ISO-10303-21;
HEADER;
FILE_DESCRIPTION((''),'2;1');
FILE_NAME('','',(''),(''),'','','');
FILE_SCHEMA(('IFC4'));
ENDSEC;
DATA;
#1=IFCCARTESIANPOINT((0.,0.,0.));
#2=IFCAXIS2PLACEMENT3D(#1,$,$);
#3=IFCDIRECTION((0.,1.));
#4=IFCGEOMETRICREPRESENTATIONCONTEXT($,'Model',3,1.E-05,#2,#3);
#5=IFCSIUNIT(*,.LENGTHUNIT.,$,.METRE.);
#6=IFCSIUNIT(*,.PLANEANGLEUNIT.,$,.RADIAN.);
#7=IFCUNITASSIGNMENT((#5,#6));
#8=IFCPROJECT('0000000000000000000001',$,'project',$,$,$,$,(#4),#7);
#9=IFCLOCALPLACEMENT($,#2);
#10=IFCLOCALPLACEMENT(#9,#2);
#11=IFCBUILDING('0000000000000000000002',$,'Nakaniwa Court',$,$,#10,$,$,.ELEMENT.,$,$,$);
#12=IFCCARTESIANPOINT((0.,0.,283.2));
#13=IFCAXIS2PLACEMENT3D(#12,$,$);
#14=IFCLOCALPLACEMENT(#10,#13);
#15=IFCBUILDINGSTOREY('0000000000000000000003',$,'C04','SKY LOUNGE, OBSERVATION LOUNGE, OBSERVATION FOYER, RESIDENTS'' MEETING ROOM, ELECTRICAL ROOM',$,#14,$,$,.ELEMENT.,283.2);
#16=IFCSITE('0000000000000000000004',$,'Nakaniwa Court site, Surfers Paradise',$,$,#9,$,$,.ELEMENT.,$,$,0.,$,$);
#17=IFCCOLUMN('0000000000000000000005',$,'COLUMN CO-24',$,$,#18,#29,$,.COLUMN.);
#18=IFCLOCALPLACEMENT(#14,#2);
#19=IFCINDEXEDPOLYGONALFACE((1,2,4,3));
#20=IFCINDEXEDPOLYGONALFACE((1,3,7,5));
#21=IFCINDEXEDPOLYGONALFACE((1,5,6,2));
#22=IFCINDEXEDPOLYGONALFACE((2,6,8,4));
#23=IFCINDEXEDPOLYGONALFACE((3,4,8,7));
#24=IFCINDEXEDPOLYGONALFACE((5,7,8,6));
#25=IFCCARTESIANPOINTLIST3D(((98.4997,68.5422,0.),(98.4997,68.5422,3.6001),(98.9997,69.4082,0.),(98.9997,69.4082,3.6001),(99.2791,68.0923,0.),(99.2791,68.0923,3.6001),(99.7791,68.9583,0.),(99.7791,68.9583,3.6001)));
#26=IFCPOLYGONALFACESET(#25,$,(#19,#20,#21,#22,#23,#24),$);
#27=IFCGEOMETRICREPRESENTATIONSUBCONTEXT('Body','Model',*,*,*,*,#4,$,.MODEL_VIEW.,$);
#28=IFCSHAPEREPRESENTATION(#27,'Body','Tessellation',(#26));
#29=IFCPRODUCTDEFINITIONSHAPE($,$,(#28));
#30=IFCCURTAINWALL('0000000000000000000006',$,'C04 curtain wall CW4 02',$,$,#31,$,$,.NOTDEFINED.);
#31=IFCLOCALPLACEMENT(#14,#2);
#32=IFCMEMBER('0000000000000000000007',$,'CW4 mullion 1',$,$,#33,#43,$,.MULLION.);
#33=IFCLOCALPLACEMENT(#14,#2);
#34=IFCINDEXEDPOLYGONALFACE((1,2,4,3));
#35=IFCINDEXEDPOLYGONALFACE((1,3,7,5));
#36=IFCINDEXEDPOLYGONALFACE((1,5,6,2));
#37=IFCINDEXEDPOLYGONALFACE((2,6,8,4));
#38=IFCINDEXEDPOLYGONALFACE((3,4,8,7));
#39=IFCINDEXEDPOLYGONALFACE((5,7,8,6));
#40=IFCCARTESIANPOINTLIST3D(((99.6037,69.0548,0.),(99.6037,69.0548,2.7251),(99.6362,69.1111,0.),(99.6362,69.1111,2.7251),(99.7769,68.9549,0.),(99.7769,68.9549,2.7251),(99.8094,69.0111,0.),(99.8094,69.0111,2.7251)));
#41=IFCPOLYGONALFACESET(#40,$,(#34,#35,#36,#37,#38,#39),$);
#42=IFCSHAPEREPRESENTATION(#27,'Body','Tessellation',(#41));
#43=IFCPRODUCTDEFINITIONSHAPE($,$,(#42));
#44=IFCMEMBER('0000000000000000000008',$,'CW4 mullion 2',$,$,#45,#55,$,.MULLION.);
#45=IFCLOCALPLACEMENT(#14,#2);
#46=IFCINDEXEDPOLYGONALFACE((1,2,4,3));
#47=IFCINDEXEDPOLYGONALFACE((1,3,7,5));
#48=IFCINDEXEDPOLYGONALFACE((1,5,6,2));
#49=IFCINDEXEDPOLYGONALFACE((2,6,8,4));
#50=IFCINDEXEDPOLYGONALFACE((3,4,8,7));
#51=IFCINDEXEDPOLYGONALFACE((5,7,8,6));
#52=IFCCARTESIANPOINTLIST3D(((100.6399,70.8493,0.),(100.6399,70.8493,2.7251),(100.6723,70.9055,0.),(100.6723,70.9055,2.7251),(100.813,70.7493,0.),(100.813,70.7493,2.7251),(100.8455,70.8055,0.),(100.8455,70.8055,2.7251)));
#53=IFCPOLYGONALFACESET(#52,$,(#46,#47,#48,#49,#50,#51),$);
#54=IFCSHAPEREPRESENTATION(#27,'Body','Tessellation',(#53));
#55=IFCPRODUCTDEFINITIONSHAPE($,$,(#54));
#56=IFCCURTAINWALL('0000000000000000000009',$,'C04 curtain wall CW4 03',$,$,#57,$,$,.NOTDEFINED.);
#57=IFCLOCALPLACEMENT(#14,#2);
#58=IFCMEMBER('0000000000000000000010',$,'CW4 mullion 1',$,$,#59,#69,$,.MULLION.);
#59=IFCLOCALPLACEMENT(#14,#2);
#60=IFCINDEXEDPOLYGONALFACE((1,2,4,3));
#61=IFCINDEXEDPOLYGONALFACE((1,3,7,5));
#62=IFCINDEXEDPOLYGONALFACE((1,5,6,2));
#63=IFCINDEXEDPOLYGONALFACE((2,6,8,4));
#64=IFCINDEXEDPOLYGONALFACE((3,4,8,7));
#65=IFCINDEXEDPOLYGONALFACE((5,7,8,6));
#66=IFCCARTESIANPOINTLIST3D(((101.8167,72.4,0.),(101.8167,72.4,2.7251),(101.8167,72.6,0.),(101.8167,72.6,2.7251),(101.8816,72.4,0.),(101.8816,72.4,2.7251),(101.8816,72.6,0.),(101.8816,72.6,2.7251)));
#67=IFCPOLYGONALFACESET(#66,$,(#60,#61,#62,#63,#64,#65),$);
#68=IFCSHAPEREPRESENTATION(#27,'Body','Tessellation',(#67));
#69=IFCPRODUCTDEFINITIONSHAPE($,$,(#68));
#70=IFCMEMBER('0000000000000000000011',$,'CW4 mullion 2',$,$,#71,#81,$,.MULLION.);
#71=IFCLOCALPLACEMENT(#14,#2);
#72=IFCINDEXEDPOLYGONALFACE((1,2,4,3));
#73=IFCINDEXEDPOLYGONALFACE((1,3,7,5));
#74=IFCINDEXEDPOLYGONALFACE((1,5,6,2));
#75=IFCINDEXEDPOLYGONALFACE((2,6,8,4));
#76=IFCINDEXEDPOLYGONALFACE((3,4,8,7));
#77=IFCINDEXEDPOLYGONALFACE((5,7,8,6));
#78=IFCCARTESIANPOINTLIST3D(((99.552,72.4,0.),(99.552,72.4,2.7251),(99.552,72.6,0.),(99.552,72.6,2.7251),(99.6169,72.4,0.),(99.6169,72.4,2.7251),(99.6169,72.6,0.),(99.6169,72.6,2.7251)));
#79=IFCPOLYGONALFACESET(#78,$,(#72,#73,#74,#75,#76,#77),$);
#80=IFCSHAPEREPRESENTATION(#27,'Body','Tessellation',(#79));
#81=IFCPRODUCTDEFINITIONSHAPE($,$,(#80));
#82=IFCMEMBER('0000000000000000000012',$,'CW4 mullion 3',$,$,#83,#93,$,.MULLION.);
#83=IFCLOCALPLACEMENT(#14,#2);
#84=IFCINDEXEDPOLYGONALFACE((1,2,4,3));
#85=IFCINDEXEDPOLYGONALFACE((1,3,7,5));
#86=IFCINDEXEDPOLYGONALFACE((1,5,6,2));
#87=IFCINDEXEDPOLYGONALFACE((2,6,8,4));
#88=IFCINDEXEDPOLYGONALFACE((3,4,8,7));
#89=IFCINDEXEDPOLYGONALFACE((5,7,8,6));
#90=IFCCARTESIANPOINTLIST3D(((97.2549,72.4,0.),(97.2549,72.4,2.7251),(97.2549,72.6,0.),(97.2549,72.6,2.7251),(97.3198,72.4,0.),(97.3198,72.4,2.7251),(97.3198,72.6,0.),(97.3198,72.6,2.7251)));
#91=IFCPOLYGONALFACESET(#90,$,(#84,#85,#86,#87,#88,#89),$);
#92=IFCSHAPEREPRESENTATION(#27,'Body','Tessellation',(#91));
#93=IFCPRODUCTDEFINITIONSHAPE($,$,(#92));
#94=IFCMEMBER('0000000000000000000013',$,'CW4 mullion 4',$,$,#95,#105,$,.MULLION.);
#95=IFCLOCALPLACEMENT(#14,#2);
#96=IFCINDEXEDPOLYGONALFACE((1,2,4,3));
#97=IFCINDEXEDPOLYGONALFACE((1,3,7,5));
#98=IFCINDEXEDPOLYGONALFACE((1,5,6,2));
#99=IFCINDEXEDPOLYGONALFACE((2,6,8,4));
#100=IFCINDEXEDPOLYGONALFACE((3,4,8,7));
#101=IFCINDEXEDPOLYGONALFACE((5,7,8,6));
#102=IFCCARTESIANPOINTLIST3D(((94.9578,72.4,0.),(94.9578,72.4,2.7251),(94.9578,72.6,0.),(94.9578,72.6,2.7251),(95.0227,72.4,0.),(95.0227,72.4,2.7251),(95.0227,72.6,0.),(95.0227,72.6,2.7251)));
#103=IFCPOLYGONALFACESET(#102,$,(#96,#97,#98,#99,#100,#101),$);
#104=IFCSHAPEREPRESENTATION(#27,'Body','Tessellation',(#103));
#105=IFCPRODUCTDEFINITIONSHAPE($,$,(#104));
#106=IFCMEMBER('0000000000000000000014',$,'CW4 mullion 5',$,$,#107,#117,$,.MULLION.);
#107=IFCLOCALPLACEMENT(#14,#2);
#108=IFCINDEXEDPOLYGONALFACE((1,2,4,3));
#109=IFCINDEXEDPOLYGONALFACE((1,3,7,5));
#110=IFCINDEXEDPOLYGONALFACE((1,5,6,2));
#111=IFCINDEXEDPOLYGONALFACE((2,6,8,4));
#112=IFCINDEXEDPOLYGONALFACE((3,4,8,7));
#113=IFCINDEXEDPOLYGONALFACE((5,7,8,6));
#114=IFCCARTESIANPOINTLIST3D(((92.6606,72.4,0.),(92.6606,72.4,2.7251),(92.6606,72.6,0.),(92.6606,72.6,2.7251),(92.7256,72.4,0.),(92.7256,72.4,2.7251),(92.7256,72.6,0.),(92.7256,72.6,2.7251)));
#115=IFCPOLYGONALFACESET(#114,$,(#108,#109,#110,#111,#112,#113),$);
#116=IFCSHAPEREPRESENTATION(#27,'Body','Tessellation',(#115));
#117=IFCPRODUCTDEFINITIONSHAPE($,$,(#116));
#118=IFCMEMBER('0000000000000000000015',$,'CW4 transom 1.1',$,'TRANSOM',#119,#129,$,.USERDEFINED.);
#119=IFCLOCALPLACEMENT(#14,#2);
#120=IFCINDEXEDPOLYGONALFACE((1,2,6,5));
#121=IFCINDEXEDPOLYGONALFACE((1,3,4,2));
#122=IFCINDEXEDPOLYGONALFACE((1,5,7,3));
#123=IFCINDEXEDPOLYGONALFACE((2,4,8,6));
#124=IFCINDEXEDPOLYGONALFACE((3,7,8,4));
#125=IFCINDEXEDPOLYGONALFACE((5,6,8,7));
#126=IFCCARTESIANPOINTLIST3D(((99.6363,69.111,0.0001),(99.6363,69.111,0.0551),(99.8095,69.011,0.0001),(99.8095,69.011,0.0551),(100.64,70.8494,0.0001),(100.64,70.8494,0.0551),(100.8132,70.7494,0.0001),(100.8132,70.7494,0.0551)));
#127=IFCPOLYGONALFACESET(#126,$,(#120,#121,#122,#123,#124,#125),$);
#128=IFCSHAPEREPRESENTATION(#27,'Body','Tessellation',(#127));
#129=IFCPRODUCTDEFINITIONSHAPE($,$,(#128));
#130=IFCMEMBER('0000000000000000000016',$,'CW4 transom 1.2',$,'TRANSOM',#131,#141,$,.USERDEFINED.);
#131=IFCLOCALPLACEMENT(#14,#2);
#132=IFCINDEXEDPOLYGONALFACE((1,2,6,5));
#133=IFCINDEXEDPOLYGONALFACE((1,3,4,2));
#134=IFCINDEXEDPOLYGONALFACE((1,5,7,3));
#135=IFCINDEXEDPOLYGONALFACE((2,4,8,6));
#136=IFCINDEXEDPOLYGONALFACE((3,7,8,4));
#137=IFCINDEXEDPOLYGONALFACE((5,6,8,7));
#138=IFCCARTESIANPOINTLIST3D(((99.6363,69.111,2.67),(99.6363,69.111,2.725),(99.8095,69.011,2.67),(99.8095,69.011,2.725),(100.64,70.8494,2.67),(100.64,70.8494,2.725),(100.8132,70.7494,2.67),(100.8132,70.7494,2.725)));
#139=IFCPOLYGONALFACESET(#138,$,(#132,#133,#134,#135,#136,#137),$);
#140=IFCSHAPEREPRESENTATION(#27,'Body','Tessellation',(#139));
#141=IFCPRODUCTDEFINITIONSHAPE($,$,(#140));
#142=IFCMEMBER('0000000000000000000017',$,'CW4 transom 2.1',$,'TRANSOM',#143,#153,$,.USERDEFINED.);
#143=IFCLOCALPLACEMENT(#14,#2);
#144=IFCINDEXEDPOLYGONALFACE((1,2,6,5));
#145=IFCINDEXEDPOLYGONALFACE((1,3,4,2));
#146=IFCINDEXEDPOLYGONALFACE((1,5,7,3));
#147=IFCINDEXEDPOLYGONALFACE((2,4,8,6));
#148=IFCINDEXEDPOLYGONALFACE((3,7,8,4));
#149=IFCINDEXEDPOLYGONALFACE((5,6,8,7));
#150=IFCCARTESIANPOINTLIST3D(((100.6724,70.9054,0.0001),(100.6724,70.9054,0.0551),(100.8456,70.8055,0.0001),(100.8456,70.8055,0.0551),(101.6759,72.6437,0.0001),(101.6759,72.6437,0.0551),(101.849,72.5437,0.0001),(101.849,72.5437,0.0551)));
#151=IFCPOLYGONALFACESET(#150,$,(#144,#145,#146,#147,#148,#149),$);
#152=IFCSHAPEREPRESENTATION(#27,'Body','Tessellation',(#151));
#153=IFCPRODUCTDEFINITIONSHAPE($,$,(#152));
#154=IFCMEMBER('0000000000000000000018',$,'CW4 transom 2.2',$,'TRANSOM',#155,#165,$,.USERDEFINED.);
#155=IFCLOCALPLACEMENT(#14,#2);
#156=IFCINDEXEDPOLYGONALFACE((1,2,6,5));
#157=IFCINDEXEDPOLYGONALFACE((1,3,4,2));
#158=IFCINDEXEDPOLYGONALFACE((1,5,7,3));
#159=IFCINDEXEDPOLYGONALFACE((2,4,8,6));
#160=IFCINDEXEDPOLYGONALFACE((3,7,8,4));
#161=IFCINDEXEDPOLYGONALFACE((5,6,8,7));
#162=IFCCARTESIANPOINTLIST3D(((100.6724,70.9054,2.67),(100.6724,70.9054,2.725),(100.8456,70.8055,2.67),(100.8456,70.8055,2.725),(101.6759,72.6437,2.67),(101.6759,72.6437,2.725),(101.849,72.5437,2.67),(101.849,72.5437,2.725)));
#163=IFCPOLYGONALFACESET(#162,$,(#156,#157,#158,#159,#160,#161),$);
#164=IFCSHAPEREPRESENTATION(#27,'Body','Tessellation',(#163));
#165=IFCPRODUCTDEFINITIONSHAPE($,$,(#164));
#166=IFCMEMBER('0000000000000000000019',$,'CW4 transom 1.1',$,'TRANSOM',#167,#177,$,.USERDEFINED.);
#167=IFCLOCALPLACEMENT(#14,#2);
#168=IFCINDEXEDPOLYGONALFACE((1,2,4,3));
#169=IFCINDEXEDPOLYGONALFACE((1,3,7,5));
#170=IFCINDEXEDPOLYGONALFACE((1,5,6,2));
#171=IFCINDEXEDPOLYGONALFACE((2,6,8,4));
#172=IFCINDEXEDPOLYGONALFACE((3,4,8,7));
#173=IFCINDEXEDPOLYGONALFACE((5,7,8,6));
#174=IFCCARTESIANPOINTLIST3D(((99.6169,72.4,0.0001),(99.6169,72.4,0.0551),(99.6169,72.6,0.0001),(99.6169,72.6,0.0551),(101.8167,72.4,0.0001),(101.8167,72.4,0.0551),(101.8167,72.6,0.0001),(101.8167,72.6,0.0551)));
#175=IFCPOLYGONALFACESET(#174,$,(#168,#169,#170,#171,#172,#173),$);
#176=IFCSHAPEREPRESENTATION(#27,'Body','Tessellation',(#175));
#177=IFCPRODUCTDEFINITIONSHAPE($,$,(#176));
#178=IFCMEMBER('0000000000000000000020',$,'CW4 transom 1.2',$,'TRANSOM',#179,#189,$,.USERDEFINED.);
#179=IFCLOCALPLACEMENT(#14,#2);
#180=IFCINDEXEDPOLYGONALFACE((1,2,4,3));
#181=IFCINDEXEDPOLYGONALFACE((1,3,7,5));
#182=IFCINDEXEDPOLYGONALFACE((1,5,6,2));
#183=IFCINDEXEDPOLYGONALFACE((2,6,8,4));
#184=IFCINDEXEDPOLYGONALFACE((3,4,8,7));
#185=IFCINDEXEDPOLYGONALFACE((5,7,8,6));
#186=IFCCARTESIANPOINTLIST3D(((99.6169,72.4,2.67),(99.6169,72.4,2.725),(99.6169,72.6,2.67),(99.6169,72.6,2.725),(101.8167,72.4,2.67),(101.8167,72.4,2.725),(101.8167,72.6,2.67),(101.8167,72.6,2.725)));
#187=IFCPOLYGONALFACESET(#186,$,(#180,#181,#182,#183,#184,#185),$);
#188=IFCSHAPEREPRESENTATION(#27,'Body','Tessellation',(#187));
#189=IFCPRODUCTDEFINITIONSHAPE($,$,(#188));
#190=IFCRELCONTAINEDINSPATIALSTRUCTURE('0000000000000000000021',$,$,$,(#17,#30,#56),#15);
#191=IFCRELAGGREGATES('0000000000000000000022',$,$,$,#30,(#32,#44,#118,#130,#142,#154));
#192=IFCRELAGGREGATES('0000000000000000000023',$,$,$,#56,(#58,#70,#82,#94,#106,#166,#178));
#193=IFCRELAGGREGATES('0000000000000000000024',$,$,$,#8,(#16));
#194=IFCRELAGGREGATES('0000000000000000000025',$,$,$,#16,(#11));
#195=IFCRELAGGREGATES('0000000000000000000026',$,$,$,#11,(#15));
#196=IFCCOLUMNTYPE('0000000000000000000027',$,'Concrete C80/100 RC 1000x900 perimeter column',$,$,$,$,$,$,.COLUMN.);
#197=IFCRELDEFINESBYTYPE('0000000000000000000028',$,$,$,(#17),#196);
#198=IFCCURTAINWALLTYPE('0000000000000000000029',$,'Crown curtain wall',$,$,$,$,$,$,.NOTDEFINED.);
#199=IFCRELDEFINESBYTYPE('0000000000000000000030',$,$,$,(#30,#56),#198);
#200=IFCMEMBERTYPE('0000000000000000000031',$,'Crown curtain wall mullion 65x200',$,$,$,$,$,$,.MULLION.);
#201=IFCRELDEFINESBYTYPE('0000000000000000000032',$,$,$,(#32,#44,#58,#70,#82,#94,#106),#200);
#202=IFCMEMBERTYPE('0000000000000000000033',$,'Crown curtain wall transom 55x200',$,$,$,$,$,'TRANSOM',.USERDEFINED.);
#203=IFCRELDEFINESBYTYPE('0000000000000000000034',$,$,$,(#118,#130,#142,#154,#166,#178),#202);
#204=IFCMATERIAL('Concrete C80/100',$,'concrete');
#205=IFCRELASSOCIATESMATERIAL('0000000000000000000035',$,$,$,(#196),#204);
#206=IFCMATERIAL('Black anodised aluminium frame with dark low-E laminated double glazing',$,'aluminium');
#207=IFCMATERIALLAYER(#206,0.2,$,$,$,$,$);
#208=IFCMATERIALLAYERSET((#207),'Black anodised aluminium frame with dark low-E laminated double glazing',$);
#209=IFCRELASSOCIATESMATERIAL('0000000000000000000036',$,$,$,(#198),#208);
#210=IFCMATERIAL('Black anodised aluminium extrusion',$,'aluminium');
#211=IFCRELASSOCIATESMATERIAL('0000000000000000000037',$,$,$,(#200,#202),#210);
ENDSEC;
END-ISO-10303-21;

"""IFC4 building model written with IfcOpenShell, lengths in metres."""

from ifc_helpers import new_model, si_unit, direction, frame, origin, origin_2d, place, context, subcontext, project, spatial, rectangle, extrude, material, layer, layer_set, material_profile, profile_set, type_object, element, aggregate, save


model = new_model("IFC4")

# Units and contexts
model_context = context("Model", 3, precision=1e-05, world=origin(), true_north=direction((0.0, 1.0)))
body_context = subcontext(model_context, "Body", "Model", "MODEL_VIEW")
ifc_project = project(units=[si_unit("LENGTHUNIT", "METRE"), si_unit("PLANEANGLEUNIT", "RADIAN")], contexts=[model_context])

# Site, building, storey
site_placement = place(None, origin())
site = spatial("IfcSite", under=ifc_project, at=site_placement, Name="Nakaniwa Court site, Surfers Paradise", CompositionType="ELEMENT", RefElevation=0.0)
building_placement = place(site_placement, origin())
building = spatial("IfcBuilding", under=site, at=building_placement, Name="Nakaniwa Court", CompositionType="ELEMENT")
storey_placement = place(building_placement, frame((0.0, 0.0, 283.2)))
storey = spatial("IfcBuildingStorey", under=building, at=storey_placement, Name="C04", Description="SKY LOUNGE, OBSERVATION LOUNGE, OBSERVATION FOYER, RESIDENTS' MEETING ROOM, ELECTRICAL ROOM", CompositionType="ELEMENT", Elevation=283.2)

# Column
ifc_material_1 = material(Name="Concrete C80/100", Category="concrete")
ifc_material_profile_1 = material_profile(ifc_material_1, rectangle(XDim=1.0, YDim=0.8999, at=origin_2d()), Name="Concrete C80/100 RC 1000x900 perimeter column")
ifc_profile_set_1 = profile_set([ifc_material_profile_1], Name="Concrete C80/100")
column_type = type_object("IfcColumnType", Name="Concrete C80/100 RC 1000x900 perimeter column", PredefinedType="COLUMN", material=ifc_profile_set_1)
column_placement = place(storey_placement, frame((99.1394, 68.7502, 0.0), z_axis=(0.0, 0.0, 1.0), x_axis=(0.5, 0.866025, 0.0)))
element("IfcColumn", 1, at=column_placement, inside=storey, type_object=column_type, Name="COLUMN CO-24", PredefinedType="COLUMN", context=body_context, shape_type="SweptSolid", body=[
    extrude(rectangle(XDim=1.0, YDim=0.8999, at=origin_2d()), origin(), (0.0, 0.0, 1.0), 3.6001),
])

# Curtain walls, members
ifc_material_2 = material(Name="Black anodised aluminium frame with dark low-E laminated double glazing", Category="aluminium")
ifc_layer_1 = layer(ifc_material_2, 0.2)
ifc_layer_set_1 = layer_set([ifc_layer_1], Name="Black anodised aluminium frame with dark low-E laminated double glazing")
curtain_wall_type = type_object("IfcCurtainWallType", Name="Crown curtain wall", PredefinedType="NOTDEFINED", material=ifc_layer_set_1)
curtain_wall_1_placement = place(storey_placement, origin())
curtain_wall_1 = element("IfcCurtainWall", 2, at=curtain_wall_1_placement, inside=storey, type_object=curtain_wall_type, Name="C04 curtain wall CW4 02", PredefinedType="NOTDEFINED")
ifc_material_3 = material(Name="Black anodised aluminium extrusion", Category="aluminium")
ifc_material_profile_2 = material_profile(ifc_material_3, rectangle(XDim=0.2, YDim=0.0649, at=origin_2d()), Name="Crown curtain wall mullion 65x200")
ifc_profile_set_2 = profile_set([ifc_material_profile_2], Name="Black anodised aluminium extrusion")
member_type_1 = type_object("IfcMemberType", Name="Crown curtain wall mullion 65x200", PredefinedType="MULLION", material=ifc_profile_set_2)
member_1_placement = place(storey_placement, frame((99.7065, 69.033, 0.0), z_axis=(0.0, 0.0, 1.0), x_axis=(-0.866021, 0.500008, 0.0)))
member_1 = element("IfcMember", 3, at=member_1_placement, type_object=member_type_1, Name="CW4 mullion 1", PredefinedType="MULLION", context=body_context, shape_type="SweptSolid", body=[
    extrude(rectangle(XDim=0.2, YDim=0.0649, at=origin_2d()), origin(), (0.0, 0.0, 1.0), 2.7251),
])
member_2_placement = place(storey_placement, frame((100.7427, 70.8274, 0.0), z_axis=(0.0, 0.0, 1.0), x_axis=(-0.866021, 0.500008, 0.0)))
member_2 = element("IfcMember", 4, at=member_2_placement, type_object=member_type_1, Name="CW4 mullion 2", PredefinedType="MULLION", context=body_context, shape_type="SweptSolid", body=[
    extrude(rectangle(XDim=0.2, YDim=0.0649, at=origin_2d()), origin(), (0.0, 0.0, 1.0), 2.7251),
])
curtain_wall_2_placement = place(storey_placement, origin())
curtain_wall_2 = element("IfcCurtainWall", 5, at=curtain_wall_2_placement, inside=storey, type_object=curtain_wall_type, Name="C04 curtain wall CW4 03", PredefinedType="NOTDEFINED")
member_3_placement = place(storey_placement, frame((101.8491, 72.5, 0.0), z_axis=(0.0, 0.0, 1.0), x_axis=(0.0, -1.0, 0.0)))
member_3 = element("IfcMember", 6, at=member_3_placement, type_object=member_type_1, Name="CW4 mullion 1", PredefinedType="MULLION", context=body_context, shape_type="SweptSolid", body=[
    extrude(rectangle(XDim=0.2, YDim=0.0649, at=origin_2d()), origin(), (0.0, 0.0, 1.0), 2.7251),
])
member_4_placement = place(storey_placement, frame((99.5845, 72.5, 0.0), z_axis=(0.0, 0.0, 1.0), x_axis=(0.0, -1.0, 0.0)))
member_4 = element("IfcMember", 7, at=member_4_placement, type_object=member_type_1, Name="CW4 mullion 2", PredefinedType="MULLION", context=body_context, shape_type="SweptSolid", body=[
    extrude(rectangle(XDim=0.2, YDim=0.0649, at=origin_2d()), origin(), (0.0, 0.0, 1.0), 2.7251),
])
member_5_placement = place(storey_placement, frame((97.2874, 72.5, 0.0), z_axis=(0.0, 0.0, 1.0), x_axis=(0.0, -1.0, 0.0)))
member_5 = element("IfcMember", 8, at=member_5_placement, type_object=member_type_1, Name="CW4 mullion 3", PredefinedType="MULLION", context=body_context, shape_type="SweptSolid", body=[
    extrude(rectangle(XDim=0.2, YDim=0.0649, at=origin_2d()), origin(), (0.0, 0.0, 1.0), 2.7251),
])
member_6_placement = place(storey_placement, frame((94.9902, 72.5, 0.0), z_axis=(0.0, 0.0, 1.0), x_axis=(0.0, -1.0, 0.0)))
member_6 = element("IfcMember", 9, at=member_6_placement, type_object=member_type_1, Name="CW4 mullion 4", PredefinedType="MULLION", context=body_context, shape_type="SweptSolid", body=[
    extrude(rectangle(XDim=0.2, YDim=0.0649, at=origin_2d()), origin(), (0.0, 0.0, 1.0), 2.7251),
])
member_7_placement = place(storey_placement, frame((92.6931, 72.5, 0.0), z_axis=(0.0, 0.0, 1.0), x_axis=(0.0, -1.0, 0.0)))
member_7 = element("IfcMember", 10, at=member_7_placement, type_object=member_type_1, Name="CW4 mullion 5", PredefinedType="MULLION", context=body_context, shape_type="SweptSolid", body=[
    extrude(rectangle(XDim=0.2, YDim=0.0649, at=origin_2d()), origin(), (0.0, 0.0, 1.0), 2.7251),
])

# Members
ifc_material_profile_3 = material_profile(ifc_material_3, rectangle(XDim=0.2, YDim=0.0549, at=origin_2d()), Name="Crown curtain wall transom 55x200")
ifc_profile_set_3 = profile_set([ifc_material_profile_3], Name="Black anodised aluminium extrusion")
member_type_2 = type_object("IfcMemberType", Name="Crown curtain wall transom 55x200", ElementType="TRANSOM", PredefinedType="USERDEFINED", material=ifc_profile_set_3)
member_8_placement = place(storey_placement, frame((99.7229, 69.061, 0.0276), z_axis=(0.500024, 0.866011, 0.0), x_axis=(-0.866011, 0.500024, 0.0)))
member_8 = element("IfcMember", 11, at=member_8_placement, type_object=member_type_2, Name="CW4 transom 1.1", ObjectType="TRANSOM", PredefinedType="USERDEFINED", context=body_context, shape_type="SweptSolid", body=[
    extrude(rectangle(XDim=0.2, YDim=0.0549, at=origin_2d()), origin(), (0.0, 0.0, 1.0), 2.0073),
])
member_9_placement = place(storey_placement, frame((99.7229, 69.061, 2.6975), z_axis=(0.500024, 0.866011, 0.0), x_axis=(-0.866011, 0.500024, 0.0)))
member_9 = element("IfcMember", 12, at=member_9_placement, type_object=member_type_2, Name="CW4 transom 1.2", ObjectType="TRANSOM", PredefinedType="USERDEFINED", context=body_context, shape_type="SweptSolid", body=[
    extrude(rectangle(XDim=0.2, YDim=0.0549, at=origin_2d()), origin(), (0.0, 0.0, 1.0), 2.0073),
])
member_10_placement = place(storey_placement, frame((100.759, 70.8555, 0.0276), z_axis=(0.499933, 0.866064, 0.0), x_axis=(-0.866064, 0.499933, 0.0)))
member_10 = element("IfcMember", 13, at=member_10_placement, type_object=member_type_2, Name="CW4 transom 2.1", ObjectType="TRANSOM", PredefinedType="USERDEFINED", context=body_context, shape_type="SweptSolid", body=[
    extrude(rectangle(XDim=0.2, YDim=0.0549, at=origin_2d()), origin(), (0.0, 0.0, 1.0), 2.0071),
])
member_11_placement = place(storey_placement, frame((100.759, 70.8555, 2.6975), z_axis=(0.499933, 0.866064, 0.0), x_axis=(-0.866064, 0.499933, 0.0)))
member_11 = element("IfcMember", 14, at=member_11_placement, type_object=member_type_2, Name="CW4 transom 2.2", ObjectType="TRANSOM", PredefinedType="USERDEFINED", context=body_context, shape_type="SweptSolid", body=[
    extrude(rectangle(XDim=0.2, YDim=0.0549, at=origin_2d()), origin(), (0.0, 0.0, 1.0), 2.0071),
])
member_12_placement = place(storey_placement, frame((101.8167, 72.5, 0.0276), z_axis=(-1.0, 0.0, 0.0), x_axis=(0.0, -1.0, 0.0)))
member_12 = element("IfcMember", 15, at=member_12_placement, type_object=member_type_2, Name="CW4 transom 1.1", ObjectType="TRANSOM", PredefinedType="USERDEFINED", context=body_context, shape_type="SweptSolid", body=[
    extrude(rectangle(XDim=0.2, YDim=0.0549, at=origin_2d()), origin(), (0.0, 0.0, 1.0), 2.1997),
])
member_13_placement = place(storey_placement, frame((101.8167, 72.5, 2.6975), z_axis=(-1.0, 0.0, 0.0), x_axis=(0.0, -1.0, 0.0)))
member_13 = element("IfcMember", 16, at=member_13_placement, type_object=member_type_2, Name="CW4 transom 1.2", ObjectType="TRANSOM", PredefinedType="USERDEFINED", context=body_context, shape_type="SweptSolid", body=[
    extrude(rectangle(XDim=0.2, YDim=0.0549, at=origin_2d()), origin(), (0.0, 0.0, 1.0), 2.1997),
])

aggregate(curtain_wall_1, [member_1, member_2, member_8, member_9, member_10, member_11])
aggregate(curtain_wall_2, [member_3, member_4, member_5, member_6, member_7, member_12, member_13])

save(model, "model.ifc")
